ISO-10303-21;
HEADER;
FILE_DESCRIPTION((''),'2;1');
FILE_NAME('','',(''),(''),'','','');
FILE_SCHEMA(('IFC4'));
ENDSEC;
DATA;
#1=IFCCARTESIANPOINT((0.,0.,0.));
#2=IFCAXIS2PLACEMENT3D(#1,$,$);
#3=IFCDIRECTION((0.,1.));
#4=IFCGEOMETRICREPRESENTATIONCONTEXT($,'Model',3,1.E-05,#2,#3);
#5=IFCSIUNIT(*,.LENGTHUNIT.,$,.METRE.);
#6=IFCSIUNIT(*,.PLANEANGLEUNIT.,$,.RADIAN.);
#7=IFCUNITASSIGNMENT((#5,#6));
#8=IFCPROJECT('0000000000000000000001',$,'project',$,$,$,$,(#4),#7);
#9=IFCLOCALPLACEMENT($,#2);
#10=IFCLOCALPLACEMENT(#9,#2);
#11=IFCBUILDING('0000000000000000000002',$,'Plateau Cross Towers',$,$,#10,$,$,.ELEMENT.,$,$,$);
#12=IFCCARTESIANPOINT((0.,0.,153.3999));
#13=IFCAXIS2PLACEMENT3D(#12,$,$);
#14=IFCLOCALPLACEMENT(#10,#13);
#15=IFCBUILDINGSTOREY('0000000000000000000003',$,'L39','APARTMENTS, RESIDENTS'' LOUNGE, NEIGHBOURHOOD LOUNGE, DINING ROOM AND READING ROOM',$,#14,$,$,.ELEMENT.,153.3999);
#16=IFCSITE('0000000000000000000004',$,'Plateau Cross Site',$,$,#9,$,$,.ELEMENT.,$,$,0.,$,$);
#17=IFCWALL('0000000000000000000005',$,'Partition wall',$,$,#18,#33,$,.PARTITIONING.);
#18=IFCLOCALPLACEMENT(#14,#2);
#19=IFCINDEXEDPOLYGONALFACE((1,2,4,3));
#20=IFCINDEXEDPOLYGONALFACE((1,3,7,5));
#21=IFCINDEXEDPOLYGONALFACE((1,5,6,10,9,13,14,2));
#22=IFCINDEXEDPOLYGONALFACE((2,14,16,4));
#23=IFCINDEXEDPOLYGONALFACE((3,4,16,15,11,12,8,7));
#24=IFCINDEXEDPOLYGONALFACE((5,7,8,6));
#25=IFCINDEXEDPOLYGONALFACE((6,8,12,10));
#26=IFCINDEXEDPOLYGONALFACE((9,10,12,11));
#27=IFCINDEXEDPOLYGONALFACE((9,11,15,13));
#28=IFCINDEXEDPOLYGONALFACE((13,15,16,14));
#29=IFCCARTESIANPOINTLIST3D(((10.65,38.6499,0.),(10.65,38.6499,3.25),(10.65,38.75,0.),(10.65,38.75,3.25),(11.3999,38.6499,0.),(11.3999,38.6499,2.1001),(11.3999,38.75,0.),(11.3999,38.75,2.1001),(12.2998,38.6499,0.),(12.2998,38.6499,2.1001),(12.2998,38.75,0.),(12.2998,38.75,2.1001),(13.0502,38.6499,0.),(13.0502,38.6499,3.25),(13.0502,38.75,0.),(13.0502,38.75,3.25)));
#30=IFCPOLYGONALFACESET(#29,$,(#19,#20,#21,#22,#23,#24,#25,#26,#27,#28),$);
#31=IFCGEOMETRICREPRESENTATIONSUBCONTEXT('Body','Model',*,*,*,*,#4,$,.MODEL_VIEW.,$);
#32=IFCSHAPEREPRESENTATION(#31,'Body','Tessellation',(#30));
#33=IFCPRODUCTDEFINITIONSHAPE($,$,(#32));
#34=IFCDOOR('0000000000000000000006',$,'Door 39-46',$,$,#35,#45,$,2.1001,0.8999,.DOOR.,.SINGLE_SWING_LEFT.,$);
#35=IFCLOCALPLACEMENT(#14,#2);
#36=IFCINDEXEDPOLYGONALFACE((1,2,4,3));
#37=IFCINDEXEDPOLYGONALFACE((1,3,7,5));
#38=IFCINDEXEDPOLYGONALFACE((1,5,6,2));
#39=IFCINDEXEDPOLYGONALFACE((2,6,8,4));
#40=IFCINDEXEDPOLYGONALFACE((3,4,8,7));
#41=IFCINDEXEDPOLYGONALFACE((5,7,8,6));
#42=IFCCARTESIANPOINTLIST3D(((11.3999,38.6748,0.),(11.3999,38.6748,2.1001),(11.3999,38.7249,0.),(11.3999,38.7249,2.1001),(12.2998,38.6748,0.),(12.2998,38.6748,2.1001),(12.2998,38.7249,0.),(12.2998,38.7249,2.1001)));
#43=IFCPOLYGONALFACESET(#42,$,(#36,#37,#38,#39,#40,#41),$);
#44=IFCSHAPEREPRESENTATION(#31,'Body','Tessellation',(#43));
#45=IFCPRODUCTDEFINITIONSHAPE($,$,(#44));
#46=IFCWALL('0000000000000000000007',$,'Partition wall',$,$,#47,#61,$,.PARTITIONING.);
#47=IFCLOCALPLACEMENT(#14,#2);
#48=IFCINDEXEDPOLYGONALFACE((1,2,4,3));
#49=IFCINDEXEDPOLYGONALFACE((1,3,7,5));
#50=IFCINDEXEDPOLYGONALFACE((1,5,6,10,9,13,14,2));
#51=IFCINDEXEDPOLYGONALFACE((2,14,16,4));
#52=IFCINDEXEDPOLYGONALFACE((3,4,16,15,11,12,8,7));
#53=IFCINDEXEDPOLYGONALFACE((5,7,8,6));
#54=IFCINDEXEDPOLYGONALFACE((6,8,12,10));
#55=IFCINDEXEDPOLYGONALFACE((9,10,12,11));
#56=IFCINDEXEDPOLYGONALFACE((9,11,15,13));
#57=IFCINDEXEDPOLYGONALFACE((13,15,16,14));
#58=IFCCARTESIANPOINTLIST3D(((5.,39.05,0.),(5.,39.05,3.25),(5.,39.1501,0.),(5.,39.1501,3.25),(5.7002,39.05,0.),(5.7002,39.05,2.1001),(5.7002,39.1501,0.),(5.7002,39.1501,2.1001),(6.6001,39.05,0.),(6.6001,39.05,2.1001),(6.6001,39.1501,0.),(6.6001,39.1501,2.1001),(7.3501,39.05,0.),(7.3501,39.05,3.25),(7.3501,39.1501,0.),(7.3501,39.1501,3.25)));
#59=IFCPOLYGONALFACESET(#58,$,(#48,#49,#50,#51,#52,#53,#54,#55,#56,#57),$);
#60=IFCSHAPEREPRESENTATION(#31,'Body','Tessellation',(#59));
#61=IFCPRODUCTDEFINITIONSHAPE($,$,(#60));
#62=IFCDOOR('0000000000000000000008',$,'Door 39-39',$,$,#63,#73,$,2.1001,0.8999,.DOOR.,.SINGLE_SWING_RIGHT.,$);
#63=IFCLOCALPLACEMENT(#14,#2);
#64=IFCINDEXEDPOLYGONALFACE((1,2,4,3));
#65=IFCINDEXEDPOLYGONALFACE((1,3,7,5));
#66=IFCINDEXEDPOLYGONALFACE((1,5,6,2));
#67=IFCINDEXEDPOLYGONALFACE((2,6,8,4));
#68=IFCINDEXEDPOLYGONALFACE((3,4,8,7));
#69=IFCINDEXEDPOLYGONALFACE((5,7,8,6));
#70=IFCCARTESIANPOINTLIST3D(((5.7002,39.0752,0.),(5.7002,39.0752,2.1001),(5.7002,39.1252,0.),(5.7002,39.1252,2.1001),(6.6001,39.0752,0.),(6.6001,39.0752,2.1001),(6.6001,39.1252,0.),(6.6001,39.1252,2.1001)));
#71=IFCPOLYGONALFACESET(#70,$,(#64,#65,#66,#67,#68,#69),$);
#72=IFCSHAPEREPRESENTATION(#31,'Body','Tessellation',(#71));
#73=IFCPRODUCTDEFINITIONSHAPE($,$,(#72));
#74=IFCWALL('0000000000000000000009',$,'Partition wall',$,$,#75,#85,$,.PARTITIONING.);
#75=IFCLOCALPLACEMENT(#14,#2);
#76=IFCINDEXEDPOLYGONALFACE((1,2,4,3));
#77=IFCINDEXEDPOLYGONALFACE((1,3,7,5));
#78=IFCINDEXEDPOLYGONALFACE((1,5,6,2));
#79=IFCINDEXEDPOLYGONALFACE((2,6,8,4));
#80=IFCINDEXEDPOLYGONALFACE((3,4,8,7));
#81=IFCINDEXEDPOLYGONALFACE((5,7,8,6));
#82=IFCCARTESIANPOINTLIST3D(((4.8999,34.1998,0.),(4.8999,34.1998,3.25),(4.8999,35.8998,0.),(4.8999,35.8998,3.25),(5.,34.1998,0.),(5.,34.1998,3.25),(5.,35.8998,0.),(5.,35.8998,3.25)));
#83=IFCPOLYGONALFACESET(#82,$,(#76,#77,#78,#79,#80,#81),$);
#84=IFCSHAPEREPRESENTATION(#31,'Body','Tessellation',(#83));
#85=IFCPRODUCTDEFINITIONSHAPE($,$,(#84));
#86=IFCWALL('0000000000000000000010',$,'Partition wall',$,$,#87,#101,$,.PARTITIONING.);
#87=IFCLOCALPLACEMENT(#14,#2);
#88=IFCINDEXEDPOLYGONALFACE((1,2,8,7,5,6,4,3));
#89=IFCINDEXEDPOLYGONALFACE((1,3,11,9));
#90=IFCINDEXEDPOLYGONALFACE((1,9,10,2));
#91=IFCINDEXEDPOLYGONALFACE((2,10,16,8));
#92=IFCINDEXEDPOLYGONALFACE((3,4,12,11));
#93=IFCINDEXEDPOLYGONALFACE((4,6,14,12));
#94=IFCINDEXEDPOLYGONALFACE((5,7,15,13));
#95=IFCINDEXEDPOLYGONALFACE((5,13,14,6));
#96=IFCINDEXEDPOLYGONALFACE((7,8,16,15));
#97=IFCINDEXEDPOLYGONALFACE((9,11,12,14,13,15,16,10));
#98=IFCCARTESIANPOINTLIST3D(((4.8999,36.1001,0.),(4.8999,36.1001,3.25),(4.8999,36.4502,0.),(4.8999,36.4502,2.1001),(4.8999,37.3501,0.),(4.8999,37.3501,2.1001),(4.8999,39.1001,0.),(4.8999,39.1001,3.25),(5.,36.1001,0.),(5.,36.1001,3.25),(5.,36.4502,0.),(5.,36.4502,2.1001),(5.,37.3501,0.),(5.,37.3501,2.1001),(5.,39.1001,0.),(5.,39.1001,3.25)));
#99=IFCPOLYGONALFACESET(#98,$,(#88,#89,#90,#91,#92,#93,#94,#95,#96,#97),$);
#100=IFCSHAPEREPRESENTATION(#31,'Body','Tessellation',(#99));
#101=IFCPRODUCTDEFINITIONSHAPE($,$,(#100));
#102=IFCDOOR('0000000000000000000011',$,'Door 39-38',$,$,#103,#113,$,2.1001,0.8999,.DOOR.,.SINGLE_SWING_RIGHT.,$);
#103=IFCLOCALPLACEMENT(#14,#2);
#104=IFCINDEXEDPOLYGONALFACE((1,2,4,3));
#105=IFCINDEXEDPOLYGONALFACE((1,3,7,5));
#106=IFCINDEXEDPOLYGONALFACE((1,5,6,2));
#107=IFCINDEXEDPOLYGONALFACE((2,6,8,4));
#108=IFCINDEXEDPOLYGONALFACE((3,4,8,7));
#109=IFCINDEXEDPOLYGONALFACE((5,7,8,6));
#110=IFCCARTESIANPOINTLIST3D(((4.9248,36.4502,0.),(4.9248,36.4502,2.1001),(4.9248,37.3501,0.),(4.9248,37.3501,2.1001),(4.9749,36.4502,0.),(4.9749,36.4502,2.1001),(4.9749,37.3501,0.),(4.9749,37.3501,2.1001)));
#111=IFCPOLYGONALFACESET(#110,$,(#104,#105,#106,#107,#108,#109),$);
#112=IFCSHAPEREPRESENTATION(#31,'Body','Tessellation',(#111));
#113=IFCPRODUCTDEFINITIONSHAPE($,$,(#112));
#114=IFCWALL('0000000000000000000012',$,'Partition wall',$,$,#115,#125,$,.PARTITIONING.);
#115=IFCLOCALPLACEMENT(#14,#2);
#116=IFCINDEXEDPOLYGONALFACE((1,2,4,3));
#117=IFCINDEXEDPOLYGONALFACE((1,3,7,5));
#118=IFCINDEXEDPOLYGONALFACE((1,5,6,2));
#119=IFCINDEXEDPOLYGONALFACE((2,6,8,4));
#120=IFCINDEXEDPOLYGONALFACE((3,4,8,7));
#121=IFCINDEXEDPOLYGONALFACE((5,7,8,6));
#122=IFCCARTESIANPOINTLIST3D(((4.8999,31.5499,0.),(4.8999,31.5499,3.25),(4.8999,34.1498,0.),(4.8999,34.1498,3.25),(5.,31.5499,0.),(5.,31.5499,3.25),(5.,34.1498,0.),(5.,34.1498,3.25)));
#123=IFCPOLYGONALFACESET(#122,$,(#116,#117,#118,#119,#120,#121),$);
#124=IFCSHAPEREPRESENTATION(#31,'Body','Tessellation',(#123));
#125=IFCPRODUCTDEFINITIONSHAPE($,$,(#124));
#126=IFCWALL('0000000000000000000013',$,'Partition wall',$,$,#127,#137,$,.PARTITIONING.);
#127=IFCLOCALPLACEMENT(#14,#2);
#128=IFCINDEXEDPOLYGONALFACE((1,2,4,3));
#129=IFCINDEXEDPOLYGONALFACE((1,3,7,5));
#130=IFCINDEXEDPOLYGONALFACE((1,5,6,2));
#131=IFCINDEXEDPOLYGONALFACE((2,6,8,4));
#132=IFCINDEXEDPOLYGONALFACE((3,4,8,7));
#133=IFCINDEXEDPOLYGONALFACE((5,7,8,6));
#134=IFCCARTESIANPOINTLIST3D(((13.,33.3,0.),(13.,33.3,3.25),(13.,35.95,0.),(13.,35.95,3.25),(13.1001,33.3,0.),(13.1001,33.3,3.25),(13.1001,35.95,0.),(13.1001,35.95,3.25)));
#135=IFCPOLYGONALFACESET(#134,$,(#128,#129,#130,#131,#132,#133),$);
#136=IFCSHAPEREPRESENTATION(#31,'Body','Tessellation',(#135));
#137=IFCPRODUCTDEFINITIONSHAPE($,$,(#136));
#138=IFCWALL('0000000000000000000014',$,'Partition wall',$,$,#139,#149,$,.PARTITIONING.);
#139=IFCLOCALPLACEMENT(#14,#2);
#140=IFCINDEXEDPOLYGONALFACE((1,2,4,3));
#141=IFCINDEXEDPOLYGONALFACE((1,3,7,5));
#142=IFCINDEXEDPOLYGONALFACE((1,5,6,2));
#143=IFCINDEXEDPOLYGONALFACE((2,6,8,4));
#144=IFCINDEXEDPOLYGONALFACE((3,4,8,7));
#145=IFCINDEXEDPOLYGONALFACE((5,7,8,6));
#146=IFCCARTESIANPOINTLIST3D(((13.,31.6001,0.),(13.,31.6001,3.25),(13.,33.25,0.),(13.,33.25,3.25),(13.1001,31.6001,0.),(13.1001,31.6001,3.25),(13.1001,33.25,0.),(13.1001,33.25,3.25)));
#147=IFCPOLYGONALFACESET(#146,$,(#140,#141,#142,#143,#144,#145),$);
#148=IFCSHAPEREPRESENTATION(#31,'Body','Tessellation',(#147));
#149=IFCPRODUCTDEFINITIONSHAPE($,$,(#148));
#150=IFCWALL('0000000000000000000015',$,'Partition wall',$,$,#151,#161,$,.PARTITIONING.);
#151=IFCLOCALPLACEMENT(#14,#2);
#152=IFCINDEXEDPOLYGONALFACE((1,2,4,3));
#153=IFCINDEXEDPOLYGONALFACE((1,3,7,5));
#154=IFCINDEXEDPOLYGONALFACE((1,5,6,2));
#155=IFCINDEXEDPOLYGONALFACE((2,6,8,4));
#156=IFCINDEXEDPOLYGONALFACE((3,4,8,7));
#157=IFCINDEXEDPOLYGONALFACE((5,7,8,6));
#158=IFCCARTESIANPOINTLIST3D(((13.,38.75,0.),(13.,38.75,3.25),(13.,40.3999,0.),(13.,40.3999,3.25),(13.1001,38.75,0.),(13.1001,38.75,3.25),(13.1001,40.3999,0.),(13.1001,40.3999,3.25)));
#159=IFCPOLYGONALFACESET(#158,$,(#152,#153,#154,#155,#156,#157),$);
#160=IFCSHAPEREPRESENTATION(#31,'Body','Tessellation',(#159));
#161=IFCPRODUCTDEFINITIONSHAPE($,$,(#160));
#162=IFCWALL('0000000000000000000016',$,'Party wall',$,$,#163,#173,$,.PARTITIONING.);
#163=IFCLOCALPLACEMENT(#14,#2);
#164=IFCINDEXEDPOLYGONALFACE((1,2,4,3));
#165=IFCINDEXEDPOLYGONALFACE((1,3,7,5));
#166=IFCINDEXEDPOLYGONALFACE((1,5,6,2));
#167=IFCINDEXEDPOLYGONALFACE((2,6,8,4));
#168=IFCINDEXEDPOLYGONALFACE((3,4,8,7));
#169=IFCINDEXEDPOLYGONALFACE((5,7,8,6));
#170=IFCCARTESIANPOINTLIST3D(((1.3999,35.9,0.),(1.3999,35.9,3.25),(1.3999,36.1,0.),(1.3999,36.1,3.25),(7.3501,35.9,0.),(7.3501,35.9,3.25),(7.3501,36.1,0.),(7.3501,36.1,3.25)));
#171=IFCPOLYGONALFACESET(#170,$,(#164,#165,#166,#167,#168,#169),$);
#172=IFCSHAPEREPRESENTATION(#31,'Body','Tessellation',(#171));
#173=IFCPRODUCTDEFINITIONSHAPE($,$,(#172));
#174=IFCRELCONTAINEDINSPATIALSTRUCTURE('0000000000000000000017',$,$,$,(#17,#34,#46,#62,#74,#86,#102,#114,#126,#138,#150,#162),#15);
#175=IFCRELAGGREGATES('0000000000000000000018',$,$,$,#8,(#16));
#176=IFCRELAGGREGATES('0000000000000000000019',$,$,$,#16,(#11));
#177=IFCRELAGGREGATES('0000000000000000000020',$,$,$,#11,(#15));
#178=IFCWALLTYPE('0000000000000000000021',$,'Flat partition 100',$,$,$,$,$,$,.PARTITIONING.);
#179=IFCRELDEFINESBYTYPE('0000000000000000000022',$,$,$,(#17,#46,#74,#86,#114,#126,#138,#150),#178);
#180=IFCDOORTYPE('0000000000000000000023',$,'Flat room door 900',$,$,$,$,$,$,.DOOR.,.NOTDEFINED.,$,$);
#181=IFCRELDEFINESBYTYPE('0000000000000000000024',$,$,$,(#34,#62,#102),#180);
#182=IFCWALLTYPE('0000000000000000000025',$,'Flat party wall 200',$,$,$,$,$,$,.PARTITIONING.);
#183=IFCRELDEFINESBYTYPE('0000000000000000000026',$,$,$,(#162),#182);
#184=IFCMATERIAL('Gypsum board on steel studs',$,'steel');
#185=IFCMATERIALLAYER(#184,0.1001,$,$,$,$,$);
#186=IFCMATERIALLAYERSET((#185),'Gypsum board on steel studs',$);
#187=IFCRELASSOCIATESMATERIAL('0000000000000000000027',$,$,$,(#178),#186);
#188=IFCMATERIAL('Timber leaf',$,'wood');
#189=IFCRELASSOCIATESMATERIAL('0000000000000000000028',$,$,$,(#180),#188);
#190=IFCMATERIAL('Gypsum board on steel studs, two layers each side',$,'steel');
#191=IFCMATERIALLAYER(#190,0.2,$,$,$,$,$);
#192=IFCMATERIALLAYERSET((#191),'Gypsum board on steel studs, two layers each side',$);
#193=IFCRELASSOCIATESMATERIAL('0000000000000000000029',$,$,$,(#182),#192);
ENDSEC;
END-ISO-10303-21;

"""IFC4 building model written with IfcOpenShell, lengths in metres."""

from ifc_helpers import new_model, si_unit, direction, frame, frame_2d, origin, place, context, subcontext, project, spatial, rectangle, extrude, material, layer, layer_set, type_object, element, fill, save


model = new_model("IFC4")

# Units and contexts
model_context = context("Model", 3, precision=1e-05, world=origin(), true_north=direction((0.0, 1.0)))
body_context = subcontext(model_context, "Body", "Model", "MODEL_VIEW")
ifc_project = project(units=[si_unit("LENGTHUNIT", "METRE"), si_unit("PLANEANGLEUNIT", "RADIAN")], contexts=[model_context])

# Site, building, storey
site_placement = place(None, origin())
site = spatial("IfcSite", under=ifc_project, at=site_placement, Name="Plateau Cross Site", CompositionType="ELEMENT", RefElevation=0.0)
building_placement = place(site_placement, origin())
building = spatial("IfcBuilding", under=site, at=building_placement, Name="Plateau Cross Towers", CompositionType="ELEMENT")
storey_placement = place(building_placement, frame((0.0, 0.0, 153.3999)))
storey = spatial("IfcBuildingStorey", under=building, at=storey_placement, Name="L39", Description="APARTMENTS, RESIDENTS' LOUNGE, NEIGHBOURHOOD LOUNGE, DINING ROOM AND READING ROOM", CompositionType="ELEMENT", Elevation=153.3999)

# Shared definitions
ifc_material_1 = material(Name="Gypsum board on steel studs", Category="steel")
ifc_layer_1 = layer(ifc_material_1, 0.1001)
ifc_layer_set_1 = layer_set([ifc_layer_1], Name="Gypsum board on steel studs")
wall_type_1 = type_object("IfcWallType", Name="Flat partition 100", PredefinedType="PARTITIONING", material=ifc_layer_set_1)
ifc_material_2 = material(Name="Timber leaf", Category="wood")
door_type_1 = type_object("IfcDoorType", Name="Flat room door 900", OperationType="NOTDEFINED", PredefinedType="DOOR", material=ifc_material_2)

# Walls, openings, doors
wall_1_placement = place(storey_placement, frame((10.6499, 38.7, 0.0), z_axis=(0.0, 0.0, 1.0), x_axis=(1.0, 0.0, 0.0)))
wall_1 = element("IfcWall", 1, at=wall_1_placement, inside=storey, type_object=wall_type_1, Name="Partition wall", PredefinedType="PARTITIONING", context=body_context, shape_type="SweptSolid", body=[
    extrude(rectangle(XDim=2.4001, YDim=0.1001, at=frame_2d((1.2002, 0.0))), origin(), (0.0, 0.0, 1.0), 3.25),
])
opening_1_placement = place(wall_1_placement, frame((0.75, 0.0, 0.0)))
opening_1 = element("IfcOpeningElement", 2, at=opening_1_placement, cuts=wall_1, PredefinedType="OPENING", context=body_context, shape_type="SweptSolid", body=[
    extrude(rectangle(XDim=0.8999, YDim=2.1001, at=frame_2d((0.45, 1.05))), frame((0.0, 0.0601, 0.0), z_axis=(0.0, -1.0, 0.0), x_axis=(1.0, 0.0, 0.0)), (0.0, 0.0, 1.0), 0.1201),
])
door_1_placement = place(opening_1_placement, origin())
door_1 = element("IfcDoor", 3, at=door_1_placement, inside=storey, type_object=door_type_1, Name="Door 39-46", OperationType="SINGLE_SWING_LEFT", OverallHeight=2.1001, OverallWidth=0.8999, PredefinedType="DOOR", context=body_context, shape_type="SweptSolid", body=[
    extrude(rectangle(XDim=0.8999, YDim=2.1001, at=frame_2d((0.45, 1.05))), frame((0.0, 0.0249, 0.0), z_axis=(0.0, -1.0, 0.0), x_axis=(1.0, 0.0, 0.0)), (0.0, 0.0, 1.0), 0.05),
])
fill(opening_1, door_1)
wall_2_placement = place(storey_placement, frame((7.3501, 39.1001, 0.0), z_axis=(0.0, 0.0, 1.0), x_axis=(-1.0, 0.0, 0.0)))
wall_2 = element("IfcWall", 4, at=wall_2_placement, inside=storey, type_object=wall_type_1, Name="Partition wall", PredefinedType="PARTITIONING", context=body_context, shape_type="SweptSolid", body=[
    extrude(rectangle(XDim=2.3501, YDim=0.1001, at=frame_2d((1.175, 0.0))), origin(), (0.0, 0.0, 1.0), 3.25),
])
opening_2_placement = place(wall_2_placement, frame((0.75, 0.0, 0.0)))
opening_2 = element("IfcOpeningElement", 5, at=opening_2_placement, cuts=wall_2, PredefinedType="OPENING", context=body_context, shape_type="SweptSolid", body=[
    extrude(rectangle(XDim=0.8999, YDim=2.1001, at=frame_2d((0.45, 1.05))), frame((0.0, 0.0601, 0.0), z_axis=(0.0, -1.0, 0.0), x_axis=(1.0, 0.0, 0.0)), (0.0, 0.0, 1.0), 0.1201),
])
door_2_placement = place(opening_2_placement, origin())
door_2 = element("IfcDoor", 6, at=door_2_placement, inside=storey, type_object=door_type_1, Name="Door 39-39", OperationType="SINGLE_SWING_RIGHT", OverallHeight=2.1001, OverallWidth=0.8999, PredefinedType="DOOR", context=body_context, shape_type="SweptSolid", body=[
    extrude(rectangle(XDim=0.8999, YDim=2.1001, at=frame_2d((0.45, 1.05))), frame((0.0, 0.0249, 0.0), z_axis=(0.0, -1.0, 0.0), x_axis=(1.0, 0.0, 0.0)), (0.0, 0.0, 1.0), 0.05),
])
fill(opening_2, door_2)

# Wall
wall_3_placement = place(storey_placement, frame((4.95, 35.8999, 0.0), z_axis=(0.0, 0.0, 1.0), x_axis=(0.0, -1.0, 0.0)))
element("IfcWall", 7, at=wall_3_placement, inside=storey, type_object=wall_type_1, Name="Partition wall", PredefinedType="PARTITIONING", context=body_context, shape_type="SweptSolid", body=[
    extrude(rectangle(XDim=1.7, YDim=0.1001, at=frame_2d((0.8501, 0.0))), origin(), (0.0, 0.0, 1.0), 3.25),
])

# Wall, opening, door
wall_4_placement = place(storey_placement, frame((4.95, 39.1001, 0.0), z_axis=(0.0, 0.0, 1.0), x_axis=(0.0, -1.0, 0.0)))
wall_4 = element("IfcWall", 8, at=wall_4_placement, inside=storey, type_object=wall_type_1, Name="Partition wall", PredefinedType="PARTITIONING", context=body_context, shape_type="SweptSolid", body=[
    extrude(rectangle(XDim=3.0, YDim=0.1001, at=frame_2d((1.5, 0.0))), origin(), (0.0, 0.0, 1.0), 3.25),
])
opening_3_placement = place(wall_4_placement, frame((1.75, 0.0, 0.0)))
opening_3 = element("IfcOpeningElement", 9, at=opening_3_placement, cuts=wall_4, PredefinedType="OPENING", context=body_context, shape_type="SweptSolid", body=[
    extrude(rectangle(XDim=0.8999, YDim=2.1001, at=frame_2d((0.45, 1.05))), frame((0.0, 0.0601, 0.0), z_axis=(0.0, -1.0, 0.0), x_axis=(1.0, 0.0, 0.0)), (0.0, 0.0, 1.0), 0.1201),
])
door_3_placement = place(opening_3_placement, origin())
door_3 = element("IfcDoor", 10, at=door_3_placement, inside=storey, type_object=door_type_1, Name="Door 39-38", OperationType="SINGLE_SWING_RIGHT", OverallHeight=2.1001, OverallWidth=0.8999, PredefinedType="DOOR", context=body_context, shape_type="SweptSolid", body=[
    extrude(rectangle(XDim=0.8999, YDim=2.1001, at=frame_2d((0.45, 1.05))), frame((0.0, 0.0249, 0.0), z_axis=(0.0, -1.0, 0.0), x_axis=(1.0, 0.0, 0.0)), (0.0, 0.0, 1.0), 0.05),
])
fill(opening_3, door_3)

# Walls
wall_5_placement = place(storey_placement, frame((4.95, 31.55, 0.0), z_axis=(0.0, 0.0, 1.0), x_axis=(0.0, 1.0, 0.0)))
element("IfcWall", 11, at=wall_5_placement, inside=storey, type_object=wall_type_1, Name="Partition wall", PredefinedType="PARTITIONING", context=body_context, shape_type="SweptSolid", body=[
    extrude(rectangle(XDim=2.5999, YDim=0.1001, at=frame_2d((1.2998, 0.0))), origin(), (0.0, 0.0, 1.0), 3.25),
])
wall_6_placement = place(storey_placement, frame((13.05, 35.95, 0.0), z_axis=(0.0, 0.0, 1.0), x_axis=(0.0, -1.0, 0.0)))
element("IfcWall", 12, at=wall_6_placement, inside=storey, type_object=wall_type_1, Name="Partition wall", PredefinedType="PARTITIONING", context=body_context, shape_type="SweptSolid", body=[
    extrude(rectangle(XDim=2.6499, YDim=0.1001, at=frame_2d((1.325, 0.0))), origin(), (0.0, 0.0, 1.0), 3.25),
])
for number, where, z_axis, x_axis, name in (
    (13, (13.05, 31.6001, 0.0), (0.0, 0.0, 1.0), (0.0, 1.0, 0.0), "Partition wall"),
    (14, (13.05, 38.75, 0.0), (0.0, 0.0, 1.0), (0.0, 1.0, 0.0), "Partition wall"),
):
    element("IfcWall", number, at=place(storey_placement, frame(where, z_axis=z_axis, x_axis=x_axis)), inside=storey, type_object=wall_type_1, Name=name, PredefinedType="PARTITIONING", context=body_context, shape_type="SweptSolid", body=[
        extrude(rectangle(XDim=1.6499, YDim=0.1001, at=frame_2d((0.825, 0.0))), origin(), (0.0, 0.0, 1.0), 3.25),
    ])
ifc_material_3 = material(Name="Gypsum board on steel studs, two layers each side", Category="steel")
ifc_layer_2 = layer(ifc_material_3, 0.2)
ifc_layer_set_2 = layer_set([ifc_layer_2], Name="Gypsum board on steel studs, two layers each side")
wall_type_2 = type_object("IfcWallType", Name="Flat party wall 200", PredefinedType="PARTITIONING", material=ifc_layer_set_2)
wall_7_placement = place(storey_placement, frame((7.3501, 36.0, 0.0), z_axis=(0.0, 0.0, 1.0), x_axis=(-1.0, 0.0, 0.0)))
element("IfcWall", 15, at=wall_7_placement, inside=storey, type_object=wall_type_2, Name="Party wall", PredefinedType="PARTITIONING", context=body_context, shape_type="SweptSolid", body=[
    extrude(rectangle(XDim=5.9502, YDim=0.2, at=frame_2d((2.9751, 0.0))), origin(), (0.0, 0.0, 1.0), 3.25),
])

save(model, "model.ifc")
